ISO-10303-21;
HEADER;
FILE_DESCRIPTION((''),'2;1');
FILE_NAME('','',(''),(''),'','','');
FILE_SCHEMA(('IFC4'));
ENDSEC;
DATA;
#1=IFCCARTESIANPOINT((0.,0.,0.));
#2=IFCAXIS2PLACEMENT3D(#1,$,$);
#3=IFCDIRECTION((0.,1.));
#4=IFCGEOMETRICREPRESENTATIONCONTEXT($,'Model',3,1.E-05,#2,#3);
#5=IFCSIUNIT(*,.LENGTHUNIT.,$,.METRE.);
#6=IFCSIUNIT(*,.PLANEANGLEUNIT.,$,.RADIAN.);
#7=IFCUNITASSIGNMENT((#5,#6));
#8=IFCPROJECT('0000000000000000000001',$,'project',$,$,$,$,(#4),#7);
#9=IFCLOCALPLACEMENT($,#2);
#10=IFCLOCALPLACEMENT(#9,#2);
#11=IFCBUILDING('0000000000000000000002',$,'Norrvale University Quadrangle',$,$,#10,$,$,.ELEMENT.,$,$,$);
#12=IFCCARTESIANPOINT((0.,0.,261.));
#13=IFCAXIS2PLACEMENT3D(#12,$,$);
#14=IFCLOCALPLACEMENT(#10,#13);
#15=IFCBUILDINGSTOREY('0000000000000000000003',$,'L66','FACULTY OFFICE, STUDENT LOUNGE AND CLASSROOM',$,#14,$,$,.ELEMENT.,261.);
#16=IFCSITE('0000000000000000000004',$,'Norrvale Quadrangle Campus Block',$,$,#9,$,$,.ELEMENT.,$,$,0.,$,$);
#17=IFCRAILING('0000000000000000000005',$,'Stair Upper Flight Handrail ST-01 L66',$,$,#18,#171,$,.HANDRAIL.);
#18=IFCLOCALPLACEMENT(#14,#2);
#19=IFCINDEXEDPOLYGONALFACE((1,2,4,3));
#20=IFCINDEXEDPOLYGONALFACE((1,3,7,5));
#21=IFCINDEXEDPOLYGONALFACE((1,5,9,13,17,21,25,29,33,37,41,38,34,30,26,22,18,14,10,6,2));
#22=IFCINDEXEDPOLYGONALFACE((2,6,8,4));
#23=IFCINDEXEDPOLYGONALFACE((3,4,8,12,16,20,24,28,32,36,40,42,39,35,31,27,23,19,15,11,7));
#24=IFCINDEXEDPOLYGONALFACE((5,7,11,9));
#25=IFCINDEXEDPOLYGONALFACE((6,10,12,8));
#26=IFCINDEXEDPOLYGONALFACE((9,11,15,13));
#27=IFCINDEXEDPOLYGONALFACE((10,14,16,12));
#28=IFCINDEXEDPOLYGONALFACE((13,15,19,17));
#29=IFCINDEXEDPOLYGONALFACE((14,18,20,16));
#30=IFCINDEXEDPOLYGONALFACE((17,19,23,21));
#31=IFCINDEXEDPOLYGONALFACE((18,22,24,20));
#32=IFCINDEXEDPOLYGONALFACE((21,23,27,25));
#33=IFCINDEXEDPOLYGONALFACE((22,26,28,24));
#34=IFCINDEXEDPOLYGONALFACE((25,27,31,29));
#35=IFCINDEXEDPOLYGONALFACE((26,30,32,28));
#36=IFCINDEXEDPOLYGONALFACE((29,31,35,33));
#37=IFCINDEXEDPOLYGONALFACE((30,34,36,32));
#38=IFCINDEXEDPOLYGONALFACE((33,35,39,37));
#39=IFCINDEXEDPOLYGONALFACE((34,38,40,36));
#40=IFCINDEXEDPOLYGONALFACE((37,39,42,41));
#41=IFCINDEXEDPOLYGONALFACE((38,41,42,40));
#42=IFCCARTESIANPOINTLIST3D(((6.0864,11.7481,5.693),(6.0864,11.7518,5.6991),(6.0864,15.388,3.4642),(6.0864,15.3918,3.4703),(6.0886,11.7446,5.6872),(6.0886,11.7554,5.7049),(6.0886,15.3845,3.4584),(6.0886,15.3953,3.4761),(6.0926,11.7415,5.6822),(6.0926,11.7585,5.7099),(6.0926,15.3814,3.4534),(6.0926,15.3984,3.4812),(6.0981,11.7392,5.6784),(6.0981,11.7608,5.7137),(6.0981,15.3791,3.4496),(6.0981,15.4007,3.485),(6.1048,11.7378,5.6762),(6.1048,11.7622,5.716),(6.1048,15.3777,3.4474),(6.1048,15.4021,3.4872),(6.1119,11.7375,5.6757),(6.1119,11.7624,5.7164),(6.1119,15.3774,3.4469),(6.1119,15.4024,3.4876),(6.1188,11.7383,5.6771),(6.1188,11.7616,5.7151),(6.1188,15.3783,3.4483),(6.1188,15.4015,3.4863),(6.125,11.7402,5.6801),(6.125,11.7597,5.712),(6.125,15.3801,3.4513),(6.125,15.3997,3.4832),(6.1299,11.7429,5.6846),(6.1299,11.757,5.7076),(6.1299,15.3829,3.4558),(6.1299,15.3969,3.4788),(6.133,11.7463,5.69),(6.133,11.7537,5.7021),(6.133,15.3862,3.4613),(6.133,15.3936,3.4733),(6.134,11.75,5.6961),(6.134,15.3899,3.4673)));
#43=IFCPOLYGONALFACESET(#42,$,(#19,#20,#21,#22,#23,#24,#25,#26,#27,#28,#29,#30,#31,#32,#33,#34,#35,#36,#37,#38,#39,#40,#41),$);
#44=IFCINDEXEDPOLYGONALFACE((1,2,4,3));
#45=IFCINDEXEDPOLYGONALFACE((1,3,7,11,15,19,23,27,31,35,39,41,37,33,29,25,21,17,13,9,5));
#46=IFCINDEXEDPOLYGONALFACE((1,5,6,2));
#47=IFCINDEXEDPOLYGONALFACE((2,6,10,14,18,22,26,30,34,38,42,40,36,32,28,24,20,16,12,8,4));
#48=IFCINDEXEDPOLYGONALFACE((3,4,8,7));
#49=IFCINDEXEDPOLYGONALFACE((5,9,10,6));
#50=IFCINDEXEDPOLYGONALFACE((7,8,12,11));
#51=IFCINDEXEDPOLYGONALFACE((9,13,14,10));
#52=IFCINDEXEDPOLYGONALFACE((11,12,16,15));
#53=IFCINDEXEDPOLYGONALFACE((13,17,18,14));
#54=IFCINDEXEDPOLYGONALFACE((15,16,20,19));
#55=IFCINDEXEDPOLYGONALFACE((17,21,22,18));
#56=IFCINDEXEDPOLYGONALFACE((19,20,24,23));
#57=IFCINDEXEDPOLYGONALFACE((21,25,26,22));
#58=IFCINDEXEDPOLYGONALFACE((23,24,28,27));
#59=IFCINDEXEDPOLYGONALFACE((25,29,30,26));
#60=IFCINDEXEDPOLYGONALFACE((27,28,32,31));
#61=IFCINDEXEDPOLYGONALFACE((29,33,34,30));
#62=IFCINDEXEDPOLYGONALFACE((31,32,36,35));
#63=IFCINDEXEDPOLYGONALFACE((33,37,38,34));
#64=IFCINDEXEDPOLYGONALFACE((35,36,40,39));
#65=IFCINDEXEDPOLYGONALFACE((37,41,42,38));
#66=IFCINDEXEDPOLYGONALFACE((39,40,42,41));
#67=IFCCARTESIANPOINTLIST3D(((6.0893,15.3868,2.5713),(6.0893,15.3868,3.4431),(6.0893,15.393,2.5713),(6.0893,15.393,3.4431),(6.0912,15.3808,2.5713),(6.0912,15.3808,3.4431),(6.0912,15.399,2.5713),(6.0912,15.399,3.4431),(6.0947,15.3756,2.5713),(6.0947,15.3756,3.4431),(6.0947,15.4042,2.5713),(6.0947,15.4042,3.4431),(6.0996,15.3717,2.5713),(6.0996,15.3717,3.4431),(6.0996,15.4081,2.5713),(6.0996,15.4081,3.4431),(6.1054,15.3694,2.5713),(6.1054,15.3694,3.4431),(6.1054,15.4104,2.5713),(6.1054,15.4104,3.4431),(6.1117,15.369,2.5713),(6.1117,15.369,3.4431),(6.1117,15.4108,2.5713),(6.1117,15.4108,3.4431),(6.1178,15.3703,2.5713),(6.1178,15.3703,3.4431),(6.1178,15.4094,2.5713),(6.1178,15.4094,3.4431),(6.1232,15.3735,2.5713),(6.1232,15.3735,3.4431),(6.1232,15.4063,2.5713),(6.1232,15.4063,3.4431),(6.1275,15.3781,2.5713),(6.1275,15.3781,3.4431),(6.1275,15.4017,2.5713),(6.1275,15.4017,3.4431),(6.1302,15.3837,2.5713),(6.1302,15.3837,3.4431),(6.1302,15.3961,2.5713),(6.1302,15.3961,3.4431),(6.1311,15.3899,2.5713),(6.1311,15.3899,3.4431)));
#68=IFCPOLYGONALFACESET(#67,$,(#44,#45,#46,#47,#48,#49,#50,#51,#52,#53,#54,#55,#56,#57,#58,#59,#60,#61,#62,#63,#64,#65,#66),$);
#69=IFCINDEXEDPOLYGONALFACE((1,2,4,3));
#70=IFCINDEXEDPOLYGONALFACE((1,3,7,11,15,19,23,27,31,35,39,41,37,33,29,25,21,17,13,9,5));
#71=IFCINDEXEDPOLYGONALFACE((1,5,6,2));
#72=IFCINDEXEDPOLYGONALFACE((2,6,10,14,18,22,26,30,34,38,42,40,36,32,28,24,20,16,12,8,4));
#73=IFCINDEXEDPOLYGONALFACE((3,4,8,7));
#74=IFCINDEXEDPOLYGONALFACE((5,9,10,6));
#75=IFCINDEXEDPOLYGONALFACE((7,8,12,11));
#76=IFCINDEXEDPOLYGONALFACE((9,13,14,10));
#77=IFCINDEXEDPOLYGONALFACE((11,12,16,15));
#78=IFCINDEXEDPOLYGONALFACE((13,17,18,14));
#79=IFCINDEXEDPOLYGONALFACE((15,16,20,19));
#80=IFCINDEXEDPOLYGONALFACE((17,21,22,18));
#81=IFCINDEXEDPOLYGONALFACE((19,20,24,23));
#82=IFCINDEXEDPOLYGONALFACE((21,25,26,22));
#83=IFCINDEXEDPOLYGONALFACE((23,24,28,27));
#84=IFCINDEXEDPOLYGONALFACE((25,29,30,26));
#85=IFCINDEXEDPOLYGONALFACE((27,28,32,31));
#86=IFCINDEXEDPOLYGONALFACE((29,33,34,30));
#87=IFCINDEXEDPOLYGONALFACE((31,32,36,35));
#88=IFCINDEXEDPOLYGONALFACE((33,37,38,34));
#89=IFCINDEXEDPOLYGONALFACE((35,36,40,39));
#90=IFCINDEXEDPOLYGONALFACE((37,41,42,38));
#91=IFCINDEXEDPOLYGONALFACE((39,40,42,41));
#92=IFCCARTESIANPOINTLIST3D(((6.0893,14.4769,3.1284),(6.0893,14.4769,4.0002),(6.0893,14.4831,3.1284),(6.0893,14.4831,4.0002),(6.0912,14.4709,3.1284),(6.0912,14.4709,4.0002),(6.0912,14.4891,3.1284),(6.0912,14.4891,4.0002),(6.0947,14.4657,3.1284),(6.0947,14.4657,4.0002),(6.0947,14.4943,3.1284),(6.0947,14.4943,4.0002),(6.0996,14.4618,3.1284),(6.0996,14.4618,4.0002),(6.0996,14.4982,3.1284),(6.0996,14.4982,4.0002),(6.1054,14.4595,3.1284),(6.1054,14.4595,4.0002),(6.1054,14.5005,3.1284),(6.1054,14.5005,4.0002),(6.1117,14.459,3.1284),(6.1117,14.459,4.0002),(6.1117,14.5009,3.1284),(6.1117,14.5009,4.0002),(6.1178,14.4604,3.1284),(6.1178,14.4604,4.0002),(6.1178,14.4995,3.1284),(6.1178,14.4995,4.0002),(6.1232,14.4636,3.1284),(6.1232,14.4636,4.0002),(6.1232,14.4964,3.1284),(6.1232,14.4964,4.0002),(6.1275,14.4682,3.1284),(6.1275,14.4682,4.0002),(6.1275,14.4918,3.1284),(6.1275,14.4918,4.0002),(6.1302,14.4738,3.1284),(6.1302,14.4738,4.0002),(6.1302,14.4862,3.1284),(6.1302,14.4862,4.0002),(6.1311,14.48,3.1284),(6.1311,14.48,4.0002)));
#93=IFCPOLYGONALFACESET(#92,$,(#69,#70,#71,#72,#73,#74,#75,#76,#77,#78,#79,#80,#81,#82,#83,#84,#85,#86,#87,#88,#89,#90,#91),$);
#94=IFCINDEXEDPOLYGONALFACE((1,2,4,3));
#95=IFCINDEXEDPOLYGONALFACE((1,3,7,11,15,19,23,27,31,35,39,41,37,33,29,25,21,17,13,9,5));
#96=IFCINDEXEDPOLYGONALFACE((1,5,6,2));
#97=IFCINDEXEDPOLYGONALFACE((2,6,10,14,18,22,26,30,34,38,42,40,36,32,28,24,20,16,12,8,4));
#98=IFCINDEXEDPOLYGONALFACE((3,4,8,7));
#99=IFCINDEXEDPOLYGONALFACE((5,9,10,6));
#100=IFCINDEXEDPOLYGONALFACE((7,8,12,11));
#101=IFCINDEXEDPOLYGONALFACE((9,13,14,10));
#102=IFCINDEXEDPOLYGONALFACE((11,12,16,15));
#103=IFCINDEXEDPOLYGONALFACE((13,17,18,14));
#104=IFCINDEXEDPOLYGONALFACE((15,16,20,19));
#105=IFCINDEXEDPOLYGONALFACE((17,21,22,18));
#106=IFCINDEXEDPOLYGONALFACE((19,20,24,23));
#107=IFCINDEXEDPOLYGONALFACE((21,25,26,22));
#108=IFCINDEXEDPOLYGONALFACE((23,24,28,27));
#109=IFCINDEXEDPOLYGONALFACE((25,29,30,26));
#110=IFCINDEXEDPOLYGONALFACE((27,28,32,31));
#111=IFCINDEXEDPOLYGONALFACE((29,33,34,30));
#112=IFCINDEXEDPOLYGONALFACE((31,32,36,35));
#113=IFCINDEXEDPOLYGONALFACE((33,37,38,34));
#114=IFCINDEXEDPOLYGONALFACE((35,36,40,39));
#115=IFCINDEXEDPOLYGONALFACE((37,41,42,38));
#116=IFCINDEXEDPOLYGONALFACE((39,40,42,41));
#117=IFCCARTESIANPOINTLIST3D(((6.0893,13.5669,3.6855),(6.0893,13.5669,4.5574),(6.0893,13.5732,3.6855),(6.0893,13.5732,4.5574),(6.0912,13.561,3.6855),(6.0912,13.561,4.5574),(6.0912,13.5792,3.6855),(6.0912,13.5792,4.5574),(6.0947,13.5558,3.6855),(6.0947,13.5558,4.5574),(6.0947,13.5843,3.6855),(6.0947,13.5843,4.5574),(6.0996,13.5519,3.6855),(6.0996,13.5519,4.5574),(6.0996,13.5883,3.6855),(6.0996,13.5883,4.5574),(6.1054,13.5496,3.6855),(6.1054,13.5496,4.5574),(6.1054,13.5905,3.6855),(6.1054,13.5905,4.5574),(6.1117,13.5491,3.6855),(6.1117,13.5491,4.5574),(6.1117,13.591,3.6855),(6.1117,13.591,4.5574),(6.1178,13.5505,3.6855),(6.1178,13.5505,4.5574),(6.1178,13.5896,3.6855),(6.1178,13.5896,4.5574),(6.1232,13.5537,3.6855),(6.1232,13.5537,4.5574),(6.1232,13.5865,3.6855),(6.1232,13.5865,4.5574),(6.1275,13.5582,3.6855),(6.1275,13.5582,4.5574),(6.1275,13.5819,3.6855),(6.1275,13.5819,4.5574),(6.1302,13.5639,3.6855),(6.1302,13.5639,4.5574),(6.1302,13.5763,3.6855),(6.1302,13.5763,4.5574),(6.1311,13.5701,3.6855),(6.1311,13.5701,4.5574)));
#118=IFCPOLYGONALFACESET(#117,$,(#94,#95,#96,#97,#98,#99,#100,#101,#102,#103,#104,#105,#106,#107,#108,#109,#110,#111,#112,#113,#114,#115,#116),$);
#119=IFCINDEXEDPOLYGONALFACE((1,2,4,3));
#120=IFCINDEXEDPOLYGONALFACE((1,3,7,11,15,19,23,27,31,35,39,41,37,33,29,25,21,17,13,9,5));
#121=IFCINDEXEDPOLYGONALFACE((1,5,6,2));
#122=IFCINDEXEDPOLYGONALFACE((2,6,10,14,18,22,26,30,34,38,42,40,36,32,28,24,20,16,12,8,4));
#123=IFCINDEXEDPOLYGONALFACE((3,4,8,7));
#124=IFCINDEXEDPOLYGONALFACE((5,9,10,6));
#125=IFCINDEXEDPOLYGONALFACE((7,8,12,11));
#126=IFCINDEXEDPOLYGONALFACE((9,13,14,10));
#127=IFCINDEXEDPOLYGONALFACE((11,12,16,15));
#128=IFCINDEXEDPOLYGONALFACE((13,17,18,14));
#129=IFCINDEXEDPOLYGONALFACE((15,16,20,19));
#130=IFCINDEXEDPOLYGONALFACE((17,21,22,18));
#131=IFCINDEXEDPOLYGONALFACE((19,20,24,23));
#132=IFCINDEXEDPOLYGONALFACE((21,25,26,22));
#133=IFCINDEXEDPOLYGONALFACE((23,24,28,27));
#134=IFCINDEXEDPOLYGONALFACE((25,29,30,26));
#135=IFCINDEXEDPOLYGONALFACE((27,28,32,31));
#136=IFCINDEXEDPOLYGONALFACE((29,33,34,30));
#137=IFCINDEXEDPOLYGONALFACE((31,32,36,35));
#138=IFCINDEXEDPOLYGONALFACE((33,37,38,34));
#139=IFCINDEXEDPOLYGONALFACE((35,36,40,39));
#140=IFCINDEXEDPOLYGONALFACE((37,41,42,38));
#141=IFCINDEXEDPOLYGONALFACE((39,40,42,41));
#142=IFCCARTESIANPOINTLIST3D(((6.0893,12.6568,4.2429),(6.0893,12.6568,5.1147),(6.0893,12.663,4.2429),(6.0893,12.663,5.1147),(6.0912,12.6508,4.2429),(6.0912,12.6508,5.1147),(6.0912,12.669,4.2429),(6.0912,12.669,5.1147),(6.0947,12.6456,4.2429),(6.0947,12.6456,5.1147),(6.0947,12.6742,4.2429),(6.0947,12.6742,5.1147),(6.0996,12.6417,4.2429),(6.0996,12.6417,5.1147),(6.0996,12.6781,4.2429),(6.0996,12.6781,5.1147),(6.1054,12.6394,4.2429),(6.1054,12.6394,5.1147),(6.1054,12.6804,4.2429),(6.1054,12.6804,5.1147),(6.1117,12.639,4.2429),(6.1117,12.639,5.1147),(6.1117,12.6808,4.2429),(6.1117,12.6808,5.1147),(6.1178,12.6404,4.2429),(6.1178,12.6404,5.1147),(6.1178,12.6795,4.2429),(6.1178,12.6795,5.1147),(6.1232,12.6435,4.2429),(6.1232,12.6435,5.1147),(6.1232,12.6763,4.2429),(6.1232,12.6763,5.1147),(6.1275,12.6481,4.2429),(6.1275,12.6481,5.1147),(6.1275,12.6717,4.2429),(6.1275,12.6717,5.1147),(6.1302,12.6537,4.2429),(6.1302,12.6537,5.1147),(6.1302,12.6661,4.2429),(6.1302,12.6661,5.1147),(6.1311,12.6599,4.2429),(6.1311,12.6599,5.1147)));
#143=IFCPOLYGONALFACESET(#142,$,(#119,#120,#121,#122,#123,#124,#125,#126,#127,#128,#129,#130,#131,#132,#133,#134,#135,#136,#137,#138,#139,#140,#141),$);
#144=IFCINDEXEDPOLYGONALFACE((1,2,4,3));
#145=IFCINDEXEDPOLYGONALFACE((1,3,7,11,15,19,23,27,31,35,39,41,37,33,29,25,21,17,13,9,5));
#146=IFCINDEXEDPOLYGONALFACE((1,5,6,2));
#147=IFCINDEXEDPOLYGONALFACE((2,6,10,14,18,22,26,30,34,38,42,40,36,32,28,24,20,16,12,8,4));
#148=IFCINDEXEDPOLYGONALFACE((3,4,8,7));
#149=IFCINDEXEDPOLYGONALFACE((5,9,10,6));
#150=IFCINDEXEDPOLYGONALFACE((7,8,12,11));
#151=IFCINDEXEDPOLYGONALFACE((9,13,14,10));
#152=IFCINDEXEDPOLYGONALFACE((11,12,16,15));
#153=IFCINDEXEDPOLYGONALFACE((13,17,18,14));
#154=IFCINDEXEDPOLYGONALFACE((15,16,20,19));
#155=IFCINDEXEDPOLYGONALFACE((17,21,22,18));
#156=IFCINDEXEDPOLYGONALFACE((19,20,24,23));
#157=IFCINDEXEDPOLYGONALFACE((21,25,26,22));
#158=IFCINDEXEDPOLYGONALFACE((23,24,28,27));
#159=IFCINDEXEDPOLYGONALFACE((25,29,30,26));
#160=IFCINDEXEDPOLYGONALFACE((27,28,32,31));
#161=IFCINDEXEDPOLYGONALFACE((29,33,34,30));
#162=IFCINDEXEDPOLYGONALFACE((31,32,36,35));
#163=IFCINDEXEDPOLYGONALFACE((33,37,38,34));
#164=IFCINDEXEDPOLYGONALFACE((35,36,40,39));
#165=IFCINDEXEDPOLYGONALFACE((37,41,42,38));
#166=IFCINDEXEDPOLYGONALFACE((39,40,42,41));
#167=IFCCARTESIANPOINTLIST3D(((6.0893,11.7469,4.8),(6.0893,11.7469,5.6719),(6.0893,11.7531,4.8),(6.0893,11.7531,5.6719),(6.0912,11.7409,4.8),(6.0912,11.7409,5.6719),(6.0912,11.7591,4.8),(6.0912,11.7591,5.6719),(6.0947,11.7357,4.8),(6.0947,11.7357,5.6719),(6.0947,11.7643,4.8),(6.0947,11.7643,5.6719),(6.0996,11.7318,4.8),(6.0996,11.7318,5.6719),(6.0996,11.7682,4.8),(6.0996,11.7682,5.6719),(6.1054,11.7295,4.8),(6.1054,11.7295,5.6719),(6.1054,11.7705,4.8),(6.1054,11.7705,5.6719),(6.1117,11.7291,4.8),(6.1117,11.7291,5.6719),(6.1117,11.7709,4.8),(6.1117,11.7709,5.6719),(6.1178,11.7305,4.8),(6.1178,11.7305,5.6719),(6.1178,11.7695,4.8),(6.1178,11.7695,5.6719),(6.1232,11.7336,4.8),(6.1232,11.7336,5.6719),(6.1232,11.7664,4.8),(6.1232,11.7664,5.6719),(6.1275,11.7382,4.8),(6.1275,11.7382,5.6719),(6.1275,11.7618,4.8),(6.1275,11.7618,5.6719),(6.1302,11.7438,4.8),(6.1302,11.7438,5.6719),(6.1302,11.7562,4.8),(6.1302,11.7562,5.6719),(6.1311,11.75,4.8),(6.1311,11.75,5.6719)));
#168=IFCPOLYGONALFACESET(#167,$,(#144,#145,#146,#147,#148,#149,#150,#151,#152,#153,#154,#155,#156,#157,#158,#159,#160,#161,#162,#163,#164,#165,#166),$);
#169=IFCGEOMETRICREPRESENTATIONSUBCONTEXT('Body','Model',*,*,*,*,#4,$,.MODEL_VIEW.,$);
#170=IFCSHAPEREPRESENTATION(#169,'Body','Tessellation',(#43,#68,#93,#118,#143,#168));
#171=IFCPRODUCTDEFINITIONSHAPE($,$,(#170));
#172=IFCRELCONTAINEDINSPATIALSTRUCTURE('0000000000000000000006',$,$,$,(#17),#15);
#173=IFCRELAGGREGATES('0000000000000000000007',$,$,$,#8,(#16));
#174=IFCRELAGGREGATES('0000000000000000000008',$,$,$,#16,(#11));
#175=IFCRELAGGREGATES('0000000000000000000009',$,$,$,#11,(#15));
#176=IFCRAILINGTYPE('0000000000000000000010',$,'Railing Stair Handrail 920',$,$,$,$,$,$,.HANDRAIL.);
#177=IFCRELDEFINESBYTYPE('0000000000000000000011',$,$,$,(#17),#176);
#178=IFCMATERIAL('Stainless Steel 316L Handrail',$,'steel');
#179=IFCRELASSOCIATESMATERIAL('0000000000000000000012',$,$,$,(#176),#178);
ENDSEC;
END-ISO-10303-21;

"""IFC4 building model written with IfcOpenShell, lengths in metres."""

from ifc_helpers import new_model, si_unit, direction, frame, origin, origin_2d, place, context, subcontext, project, spatial, circle, extrude, material, type_object, element, save


model = new_model("IFC4")

# Units and contexts
model_context = context("Model", 3, precision=1e-05, world=origin(), true_north=direction((0.0, 1.0)))
body_context = subcontext(model_context, "Body", "Model", "MODEL_VIEW")
ifc_project = project(units=[si_unit("LENGTHUNIT", "METRE"), si_unit("PLANEANGLEUNIT", "RADIAN")], contexts=[model_context])

# Site, building, storey
site_placement = place(None, origin())
site = spatial("IfcSite", under=ifc_project, at=site_placement, Name="Norrvale Quadrangle Campus Block", CompositionType="ELEMENT", RefElevation=0.0)
building_placement = place(site_placement, origin())
building = spatial("IfcBuilding", under=site, at=building_placement, Name="Norrvale University Quadrangle", CompositionType="ELEMENT")
storey_placement = place(building_placement, frame((0.0, 0.0, 261.0)))
storey = spatial("IfcBuildingStorey", under=building, at=storey_placement, Name="L66", Description="FACULTY OFFICE, STUDENT LOUNGE AND CLASSROOM", CompositionType="ELEMENT", Elevation=261.0)

# Railing
ifc_material_1 = material(Name="Stainless Steel 316L Handrail", Category="steel")
railing_type_1 = type_object("IfcRailingType", Name="Railing Stair Handrail 920", PredefinedType="HANDRAIL", material=ifc_material_1)
railing_1_placement = place(storey_placement, frame((6.1101, 15.3899, 2.5713)))
element("IfcRailing", 1, at=railing_1_placement, inside=storey, type_object=railing_type_1, Name="Stair Upper Flight Handrail ST-01 L66", PredefinedType="HANDRAIL", context=body_context, shape_type="SweptSolid", body=[
    extrude(circle(Radius=0.0239, at=origin_2d()), frame((0.0, 0.0, 0.896), z_axis=(0.0, -0.852825, 0.522197), x_axis=(1.0, 0.0, 0.0)), (0.0, 0.0, 1.0), 4.2681),
    extrude(circle(Radius=0.021, at=origin_2d()), origin(), (0.0, 0.0, 1.0), 0.8718),
    extrude(circle(Radius=0.021, at=origin_2d()), frame((0.0, -0.9099, 0.5571)), (0.0, 0.0, 1.0), 0.8718),
    extrude(circle(Radius=0.021, at=origin_2d()), frame((0.0, -1.8198, 1.1143)), (0.0, 0.0, 1.0), 0.8718),
    extrude(circle(Radius=0.021, at=origin_2d()), frame((0.0, -2.73, 1.6716)), (0.0, 0.0, 1.0), 0.8718),
    extrude(circle(Radius=0.021, at=origin_2d()), frame((0.0, -3.6399, 2.2288)), (0.0, 0.0, 1.0), 0.8718),
])

save(model, "model.ifc")
